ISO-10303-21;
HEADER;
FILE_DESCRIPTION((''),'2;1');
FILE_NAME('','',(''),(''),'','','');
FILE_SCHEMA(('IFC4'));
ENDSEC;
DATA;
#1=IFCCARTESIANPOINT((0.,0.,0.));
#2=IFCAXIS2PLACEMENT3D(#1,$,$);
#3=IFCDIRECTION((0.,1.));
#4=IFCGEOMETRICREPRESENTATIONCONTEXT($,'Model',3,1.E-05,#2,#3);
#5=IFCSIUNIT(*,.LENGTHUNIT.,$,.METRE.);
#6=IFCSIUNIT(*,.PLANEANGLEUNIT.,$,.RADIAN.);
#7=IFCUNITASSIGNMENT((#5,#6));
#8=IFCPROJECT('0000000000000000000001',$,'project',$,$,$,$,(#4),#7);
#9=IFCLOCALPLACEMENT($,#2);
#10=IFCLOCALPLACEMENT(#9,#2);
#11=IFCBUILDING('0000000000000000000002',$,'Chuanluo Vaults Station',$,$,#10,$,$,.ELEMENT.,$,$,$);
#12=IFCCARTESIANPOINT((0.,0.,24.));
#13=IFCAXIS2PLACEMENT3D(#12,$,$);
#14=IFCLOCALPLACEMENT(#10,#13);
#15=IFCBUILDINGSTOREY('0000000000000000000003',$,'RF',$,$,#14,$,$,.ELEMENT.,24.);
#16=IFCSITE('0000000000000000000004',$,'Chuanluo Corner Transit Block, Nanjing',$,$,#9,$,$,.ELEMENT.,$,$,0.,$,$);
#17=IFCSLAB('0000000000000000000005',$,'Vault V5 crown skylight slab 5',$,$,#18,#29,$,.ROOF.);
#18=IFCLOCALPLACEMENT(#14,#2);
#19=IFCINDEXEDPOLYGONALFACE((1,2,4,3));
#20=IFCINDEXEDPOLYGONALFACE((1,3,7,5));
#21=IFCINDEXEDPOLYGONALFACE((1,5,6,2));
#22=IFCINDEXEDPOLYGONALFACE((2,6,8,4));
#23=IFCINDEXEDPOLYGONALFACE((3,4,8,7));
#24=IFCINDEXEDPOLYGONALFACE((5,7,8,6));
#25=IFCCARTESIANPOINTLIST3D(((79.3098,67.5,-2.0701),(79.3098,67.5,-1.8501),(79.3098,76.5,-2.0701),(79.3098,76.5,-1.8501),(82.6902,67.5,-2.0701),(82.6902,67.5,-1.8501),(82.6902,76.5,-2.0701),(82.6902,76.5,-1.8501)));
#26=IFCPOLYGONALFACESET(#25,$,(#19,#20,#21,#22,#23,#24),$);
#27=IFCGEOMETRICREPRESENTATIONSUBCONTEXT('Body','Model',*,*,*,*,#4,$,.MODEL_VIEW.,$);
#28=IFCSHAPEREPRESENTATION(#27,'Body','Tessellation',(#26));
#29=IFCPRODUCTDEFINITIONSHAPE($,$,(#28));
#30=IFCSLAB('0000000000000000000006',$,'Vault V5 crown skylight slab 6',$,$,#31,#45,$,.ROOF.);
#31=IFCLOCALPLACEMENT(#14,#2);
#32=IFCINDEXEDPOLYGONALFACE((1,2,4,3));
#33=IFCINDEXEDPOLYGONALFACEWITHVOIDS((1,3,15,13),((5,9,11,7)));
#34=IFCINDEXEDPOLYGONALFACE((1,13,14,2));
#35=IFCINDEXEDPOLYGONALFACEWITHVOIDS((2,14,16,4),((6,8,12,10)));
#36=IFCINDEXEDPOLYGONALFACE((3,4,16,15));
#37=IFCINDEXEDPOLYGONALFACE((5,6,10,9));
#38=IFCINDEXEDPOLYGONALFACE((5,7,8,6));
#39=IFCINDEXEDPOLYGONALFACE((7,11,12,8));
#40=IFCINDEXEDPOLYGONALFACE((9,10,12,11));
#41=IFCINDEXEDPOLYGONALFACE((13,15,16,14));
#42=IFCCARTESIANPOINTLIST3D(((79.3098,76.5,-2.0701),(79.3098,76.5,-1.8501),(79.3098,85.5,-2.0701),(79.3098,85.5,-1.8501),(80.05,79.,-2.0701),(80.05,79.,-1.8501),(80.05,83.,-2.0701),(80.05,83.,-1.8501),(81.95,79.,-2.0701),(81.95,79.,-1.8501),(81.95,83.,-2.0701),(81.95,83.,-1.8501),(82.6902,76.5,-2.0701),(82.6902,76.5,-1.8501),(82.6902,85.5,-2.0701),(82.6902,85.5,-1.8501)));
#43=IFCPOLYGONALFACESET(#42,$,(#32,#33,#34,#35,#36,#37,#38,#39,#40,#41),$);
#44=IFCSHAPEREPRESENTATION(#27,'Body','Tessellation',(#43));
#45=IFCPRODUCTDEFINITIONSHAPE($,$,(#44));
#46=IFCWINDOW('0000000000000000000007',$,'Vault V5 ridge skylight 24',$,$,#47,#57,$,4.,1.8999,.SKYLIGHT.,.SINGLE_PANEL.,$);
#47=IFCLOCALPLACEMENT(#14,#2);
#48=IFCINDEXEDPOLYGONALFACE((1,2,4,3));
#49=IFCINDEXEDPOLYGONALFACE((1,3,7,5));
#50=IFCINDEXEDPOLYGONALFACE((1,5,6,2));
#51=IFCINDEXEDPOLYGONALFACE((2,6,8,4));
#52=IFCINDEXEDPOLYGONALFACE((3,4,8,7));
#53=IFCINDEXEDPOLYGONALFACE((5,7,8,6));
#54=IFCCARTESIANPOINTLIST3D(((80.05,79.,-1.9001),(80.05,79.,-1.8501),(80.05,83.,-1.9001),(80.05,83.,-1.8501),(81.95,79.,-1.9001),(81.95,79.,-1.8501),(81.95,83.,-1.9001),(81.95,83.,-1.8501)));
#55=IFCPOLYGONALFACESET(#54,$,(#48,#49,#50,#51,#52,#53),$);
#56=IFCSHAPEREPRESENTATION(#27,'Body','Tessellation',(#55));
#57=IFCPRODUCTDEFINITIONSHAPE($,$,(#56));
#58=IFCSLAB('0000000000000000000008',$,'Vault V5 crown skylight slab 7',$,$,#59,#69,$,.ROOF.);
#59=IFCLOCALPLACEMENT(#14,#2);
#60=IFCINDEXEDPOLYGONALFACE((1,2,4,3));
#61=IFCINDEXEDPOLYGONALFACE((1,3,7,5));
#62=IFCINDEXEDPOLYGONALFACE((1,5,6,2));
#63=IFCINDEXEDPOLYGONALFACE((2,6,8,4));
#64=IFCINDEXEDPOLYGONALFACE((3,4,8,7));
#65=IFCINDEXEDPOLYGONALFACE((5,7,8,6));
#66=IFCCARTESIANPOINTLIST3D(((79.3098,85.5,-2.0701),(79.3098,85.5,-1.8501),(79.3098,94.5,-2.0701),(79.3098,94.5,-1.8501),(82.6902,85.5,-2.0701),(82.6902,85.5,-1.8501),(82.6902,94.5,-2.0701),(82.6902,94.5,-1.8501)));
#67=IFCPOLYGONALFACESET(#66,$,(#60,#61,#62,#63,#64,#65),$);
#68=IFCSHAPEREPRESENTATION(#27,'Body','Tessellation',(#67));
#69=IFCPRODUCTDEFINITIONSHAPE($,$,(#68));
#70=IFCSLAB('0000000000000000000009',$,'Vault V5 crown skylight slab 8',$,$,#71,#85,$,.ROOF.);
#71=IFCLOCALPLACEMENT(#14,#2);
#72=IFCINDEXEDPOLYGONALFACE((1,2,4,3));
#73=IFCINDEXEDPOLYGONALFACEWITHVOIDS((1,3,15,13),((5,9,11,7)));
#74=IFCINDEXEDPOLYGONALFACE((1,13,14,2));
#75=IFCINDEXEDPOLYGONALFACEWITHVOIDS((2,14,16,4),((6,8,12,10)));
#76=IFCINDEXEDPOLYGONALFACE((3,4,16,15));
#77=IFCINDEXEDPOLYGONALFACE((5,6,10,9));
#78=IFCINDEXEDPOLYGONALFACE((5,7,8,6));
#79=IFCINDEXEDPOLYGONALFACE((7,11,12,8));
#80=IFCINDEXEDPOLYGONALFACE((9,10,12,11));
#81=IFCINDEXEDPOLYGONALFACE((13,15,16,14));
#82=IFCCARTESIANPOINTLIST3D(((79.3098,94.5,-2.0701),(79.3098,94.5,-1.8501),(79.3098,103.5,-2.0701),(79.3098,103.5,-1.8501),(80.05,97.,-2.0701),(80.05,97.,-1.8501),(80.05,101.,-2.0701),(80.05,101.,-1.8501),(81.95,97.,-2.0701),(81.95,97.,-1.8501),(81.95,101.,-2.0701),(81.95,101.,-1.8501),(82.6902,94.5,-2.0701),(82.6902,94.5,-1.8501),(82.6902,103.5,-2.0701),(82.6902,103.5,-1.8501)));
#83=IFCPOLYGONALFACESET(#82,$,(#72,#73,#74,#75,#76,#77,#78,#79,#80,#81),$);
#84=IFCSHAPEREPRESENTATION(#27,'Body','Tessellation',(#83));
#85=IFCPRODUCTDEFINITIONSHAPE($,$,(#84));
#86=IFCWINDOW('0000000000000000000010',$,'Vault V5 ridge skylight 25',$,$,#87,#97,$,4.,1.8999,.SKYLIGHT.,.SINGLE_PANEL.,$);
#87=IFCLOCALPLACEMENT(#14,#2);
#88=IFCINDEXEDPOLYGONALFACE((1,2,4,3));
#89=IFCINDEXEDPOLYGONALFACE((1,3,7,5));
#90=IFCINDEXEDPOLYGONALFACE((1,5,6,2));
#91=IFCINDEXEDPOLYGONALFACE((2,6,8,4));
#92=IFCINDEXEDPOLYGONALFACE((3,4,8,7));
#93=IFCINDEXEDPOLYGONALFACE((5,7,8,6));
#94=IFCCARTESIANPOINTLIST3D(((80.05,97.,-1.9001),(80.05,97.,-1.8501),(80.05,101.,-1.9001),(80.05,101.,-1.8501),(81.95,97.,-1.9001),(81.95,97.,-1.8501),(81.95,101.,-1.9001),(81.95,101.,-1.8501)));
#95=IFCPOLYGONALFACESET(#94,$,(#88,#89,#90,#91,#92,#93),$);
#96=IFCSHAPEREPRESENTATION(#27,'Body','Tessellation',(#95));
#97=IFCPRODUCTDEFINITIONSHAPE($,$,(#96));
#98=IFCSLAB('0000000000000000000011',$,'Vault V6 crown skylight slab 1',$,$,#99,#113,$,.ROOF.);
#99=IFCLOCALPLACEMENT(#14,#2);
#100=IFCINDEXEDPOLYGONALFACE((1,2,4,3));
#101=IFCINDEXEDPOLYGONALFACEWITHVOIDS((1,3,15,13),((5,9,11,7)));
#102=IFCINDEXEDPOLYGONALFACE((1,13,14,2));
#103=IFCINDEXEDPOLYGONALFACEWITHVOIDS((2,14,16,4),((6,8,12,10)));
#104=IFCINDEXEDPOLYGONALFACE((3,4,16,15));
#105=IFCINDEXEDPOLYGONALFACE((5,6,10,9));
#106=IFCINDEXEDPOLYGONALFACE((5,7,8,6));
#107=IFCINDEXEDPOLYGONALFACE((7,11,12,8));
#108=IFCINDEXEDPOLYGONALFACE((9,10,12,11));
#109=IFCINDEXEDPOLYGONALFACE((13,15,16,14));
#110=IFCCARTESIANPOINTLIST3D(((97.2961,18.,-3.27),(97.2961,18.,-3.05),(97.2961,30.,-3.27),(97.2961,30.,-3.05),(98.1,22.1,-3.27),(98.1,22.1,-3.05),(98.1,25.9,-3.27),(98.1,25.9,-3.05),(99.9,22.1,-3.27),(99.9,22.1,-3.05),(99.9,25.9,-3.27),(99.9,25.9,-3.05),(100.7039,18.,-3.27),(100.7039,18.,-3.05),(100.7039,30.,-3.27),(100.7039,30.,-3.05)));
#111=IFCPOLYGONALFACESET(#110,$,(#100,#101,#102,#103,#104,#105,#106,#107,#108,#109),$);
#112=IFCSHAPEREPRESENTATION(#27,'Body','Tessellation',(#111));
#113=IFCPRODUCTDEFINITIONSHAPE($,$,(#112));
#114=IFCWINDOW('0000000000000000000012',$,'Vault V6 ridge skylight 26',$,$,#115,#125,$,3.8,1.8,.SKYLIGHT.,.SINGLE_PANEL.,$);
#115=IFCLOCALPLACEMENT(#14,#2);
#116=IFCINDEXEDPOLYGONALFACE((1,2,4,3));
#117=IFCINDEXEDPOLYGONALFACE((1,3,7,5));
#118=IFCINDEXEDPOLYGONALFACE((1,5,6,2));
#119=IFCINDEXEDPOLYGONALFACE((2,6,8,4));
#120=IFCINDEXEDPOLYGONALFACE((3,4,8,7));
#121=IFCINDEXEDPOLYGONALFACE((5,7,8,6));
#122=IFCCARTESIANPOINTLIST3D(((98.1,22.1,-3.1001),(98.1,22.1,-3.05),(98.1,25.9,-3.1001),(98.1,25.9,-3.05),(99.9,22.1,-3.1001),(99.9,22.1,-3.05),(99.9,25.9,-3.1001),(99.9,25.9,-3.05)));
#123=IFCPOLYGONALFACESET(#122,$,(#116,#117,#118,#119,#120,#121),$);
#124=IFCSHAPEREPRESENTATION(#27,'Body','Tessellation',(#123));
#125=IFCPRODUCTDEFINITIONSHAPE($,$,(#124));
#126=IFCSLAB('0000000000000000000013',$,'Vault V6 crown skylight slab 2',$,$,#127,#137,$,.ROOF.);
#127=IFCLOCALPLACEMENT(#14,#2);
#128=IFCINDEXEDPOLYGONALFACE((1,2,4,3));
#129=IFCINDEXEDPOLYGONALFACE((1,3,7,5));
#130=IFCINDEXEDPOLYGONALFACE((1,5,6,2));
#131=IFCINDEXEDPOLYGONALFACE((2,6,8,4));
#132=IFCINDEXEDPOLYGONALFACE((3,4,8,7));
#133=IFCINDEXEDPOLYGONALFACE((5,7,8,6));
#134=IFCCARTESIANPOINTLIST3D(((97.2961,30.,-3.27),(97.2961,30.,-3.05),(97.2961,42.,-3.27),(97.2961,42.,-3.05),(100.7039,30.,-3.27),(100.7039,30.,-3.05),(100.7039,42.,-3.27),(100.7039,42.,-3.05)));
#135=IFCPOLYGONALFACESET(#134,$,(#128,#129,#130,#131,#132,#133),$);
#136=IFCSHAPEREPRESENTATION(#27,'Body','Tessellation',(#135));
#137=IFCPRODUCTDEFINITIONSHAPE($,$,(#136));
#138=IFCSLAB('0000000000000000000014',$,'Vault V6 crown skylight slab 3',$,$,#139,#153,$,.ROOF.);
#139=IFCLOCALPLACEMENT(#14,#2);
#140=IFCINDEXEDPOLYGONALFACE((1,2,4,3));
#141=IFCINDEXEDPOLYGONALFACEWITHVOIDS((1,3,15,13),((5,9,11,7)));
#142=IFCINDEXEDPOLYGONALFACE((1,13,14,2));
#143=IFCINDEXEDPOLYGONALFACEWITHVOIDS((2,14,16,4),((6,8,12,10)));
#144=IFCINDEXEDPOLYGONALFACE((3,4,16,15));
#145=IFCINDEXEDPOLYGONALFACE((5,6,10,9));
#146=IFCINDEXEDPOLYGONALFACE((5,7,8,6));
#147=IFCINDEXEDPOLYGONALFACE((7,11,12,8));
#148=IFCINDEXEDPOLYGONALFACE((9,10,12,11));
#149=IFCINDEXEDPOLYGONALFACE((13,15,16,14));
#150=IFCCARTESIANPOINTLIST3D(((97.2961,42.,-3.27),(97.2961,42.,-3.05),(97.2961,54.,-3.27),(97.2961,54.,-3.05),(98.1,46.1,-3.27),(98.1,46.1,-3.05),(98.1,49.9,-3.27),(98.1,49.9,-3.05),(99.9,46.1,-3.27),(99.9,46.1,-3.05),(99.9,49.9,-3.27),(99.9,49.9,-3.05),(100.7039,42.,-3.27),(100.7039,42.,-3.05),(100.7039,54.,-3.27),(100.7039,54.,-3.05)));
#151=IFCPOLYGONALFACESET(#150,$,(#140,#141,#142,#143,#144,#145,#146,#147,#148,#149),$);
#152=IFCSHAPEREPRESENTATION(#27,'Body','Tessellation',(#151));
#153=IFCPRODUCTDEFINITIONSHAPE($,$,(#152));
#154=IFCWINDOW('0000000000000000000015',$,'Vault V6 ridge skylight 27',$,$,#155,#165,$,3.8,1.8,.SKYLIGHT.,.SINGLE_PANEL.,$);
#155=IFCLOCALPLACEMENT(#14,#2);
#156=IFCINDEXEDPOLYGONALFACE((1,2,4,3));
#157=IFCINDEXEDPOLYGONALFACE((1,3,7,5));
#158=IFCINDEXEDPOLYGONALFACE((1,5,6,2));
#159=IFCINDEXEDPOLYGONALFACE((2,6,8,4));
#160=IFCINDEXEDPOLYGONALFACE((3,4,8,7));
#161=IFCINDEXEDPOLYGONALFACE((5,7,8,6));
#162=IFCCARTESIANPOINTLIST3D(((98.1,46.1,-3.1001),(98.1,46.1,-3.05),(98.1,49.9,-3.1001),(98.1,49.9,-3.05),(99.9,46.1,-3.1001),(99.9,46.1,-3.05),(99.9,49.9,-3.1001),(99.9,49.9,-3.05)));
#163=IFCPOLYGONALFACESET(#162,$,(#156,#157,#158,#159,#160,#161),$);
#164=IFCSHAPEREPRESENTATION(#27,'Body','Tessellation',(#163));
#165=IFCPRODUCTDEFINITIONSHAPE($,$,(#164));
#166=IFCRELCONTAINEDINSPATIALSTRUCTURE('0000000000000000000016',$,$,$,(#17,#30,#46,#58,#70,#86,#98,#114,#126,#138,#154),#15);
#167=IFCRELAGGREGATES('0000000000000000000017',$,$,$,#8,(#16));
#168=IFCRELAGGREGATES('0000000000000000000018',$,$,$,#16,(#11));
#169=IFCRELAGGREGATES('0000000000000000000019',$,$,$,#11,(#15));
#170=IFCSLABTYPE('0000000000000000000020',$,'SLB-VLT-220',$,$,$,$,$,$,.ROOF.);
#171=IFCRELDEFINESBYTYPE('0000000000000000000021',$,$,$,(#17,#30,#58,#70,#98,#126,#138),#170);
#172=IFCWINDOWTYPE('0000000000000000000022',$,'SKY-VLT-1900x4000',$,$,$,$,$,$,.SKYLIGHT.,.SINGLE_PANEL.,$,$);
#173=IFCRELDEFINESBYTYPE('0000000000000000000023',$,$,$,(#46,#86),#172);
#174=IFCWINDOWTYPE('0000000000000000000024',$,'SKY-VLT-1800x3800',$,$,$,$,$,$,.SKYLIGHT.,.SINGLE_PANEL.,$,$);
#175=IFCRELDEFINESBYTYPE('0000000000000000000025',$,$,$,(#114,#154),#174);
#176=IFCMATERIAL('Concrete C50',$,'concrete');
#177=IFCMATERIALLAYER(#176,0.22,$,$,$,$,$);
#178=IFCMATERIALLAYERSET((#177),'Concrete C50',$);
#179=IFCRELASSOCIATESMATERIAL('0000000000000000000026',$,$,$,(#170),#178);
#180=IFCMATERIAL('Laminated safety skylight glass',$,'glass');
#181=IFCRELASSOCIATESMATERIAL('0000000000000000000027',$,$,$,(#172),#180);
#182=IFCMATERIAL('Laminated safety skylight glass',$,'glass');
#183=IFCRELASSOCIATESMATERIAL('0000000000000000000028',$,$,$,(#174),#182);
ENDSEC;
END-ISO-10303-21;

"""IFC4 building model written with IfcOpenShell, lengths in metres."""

from ifc_helpers import new_model, si_unit, direction, frame, origin, origin_2d, place, context, subcontext, project, spatial, polyline, rectangle, outline, extrude, material, layer, layer_set, type_object, element, fill, save


model = new_model("IFC4")

# Units and contexts
model_context = context("Model", 3, precision=1e-05, world=origin(), true_north=direction((0.0, 1.0)))
body_context = subcontext(model_context, "Body", "Model", "MODEL_VIEW")
ifc_project = project(units=[si_unit("LENGTHUNIT", "METRE"), si_unit("PLANEANGLEUNIT", "RADIAN")], contexts=[model_context])

# Site, building, storey
site_placement = place(None, origin())
site = spatial("IfcSite", under=ifc_project, at=site_placement, Name="Chuanluo Corner Transit Block, Nanjing", CompositionType="ELEMENT", RefElevation=0.0)
building_placement = place(site_placement, origin())
building = spatial("IfcBuilding", under=site, at=building_placement, Name="Chuanluo Vaults Station", CompositionType="ELEMENT")
storey_placement = place(building_placement, frame((0.0, 0.0, 24.0)))
storey = spatial("IfcBuildingStorey", under=building, at=storey_placement, Name="RF", CompositionType="ELEMENT", Elevation=24.0)

# Slab
ifc_material_1 = material(Name="Concrete C50", Category="concrete")
ifc_layer = layer(ifc_material_1, 0.22)
ifc_layer_set = layer_set([ifc_layer], Name="Concrete C50")
slab_type = type_object("IfcSlabType", Name="SLB-VLT-220", PredefinedType="ROOF", material=ifc_layer_set)
slab_1_placement = place(storey_placement, frame((0.0, 0.0, -2.0701)))
element("IfcSlab", 1, at=slab_1_placement, inside=storey, type_object=slab_type, Name="Vault V5 crown skylight slab 5", PredefinedType="ROOF", context=body_context, shape_type="SweptSolid", body=[
    extrude(outline(polyline([(79.3098, 67.5), (82.6902, 67.5), (82.6902, 76.5), (79.3098, 76.5), (79.3098, 67.5)])), origin(), (0.0, 0.0, 1.0), 0.22),
])

# Slab, opening, window
slab_2_placement = place(storey_placement, frame((0.0, 0.0, -2.0701)))
slab_2 = element("IfcSlab", 2, at=slab_2_placement, inside=storey, type_object=slab_type, Name="Vault V5 crown skylight slab 6", PredefinedType="ROOF", context=body_context, shape_type="SweptSolid", body=[
    extrude(outline(polyline([(79.3098, 76.5), (82.6902, 76.5), (82.6902, 85.5), (79.3098, 85.5), (79.3098, 76.5)])), origin(), (0.0, 0.0, 1.0), 0.22),
])
opening_1_placement = place(slab_2_placement, frame((81.0, 81.0, 0.0)))
opening_1 = element("IfcOpeningElement", 3, at=opening_1_placement, cuts=slab_2, PredefinedType="OPENING", context=body_context, shape_type="SweptSolid", body=[
    extrude(rectangle(XDim=1.8999, YDim=4.0, at=origin_2d()), frame((0.0, 0.0, -0.01)), (0.0, 0.0, 1.0), 0.24),
])
ifc_material_2 = material(Name="Laminated safety skylight glass", Category="glass")
window_type_1 = type_object("IfcWindowType", Name="SKY-VLT-1900x4000", PartitioningType="SINGLE_PANEL", PredefinedType="SKYLIGHT", material=ifc_material_2)
window_1_placement = place(opening_1_placement, frame((0.0, 0.0, 0.1699)))
window_1 = element("IfcWindow", 4, at=window_1_placement, inside=storey, type_object=window_type_1, Name="Vault V5 ridge skylight 24", OverallHeight=4.0, OverallWidth=1.8999, PartitioningType="SINGLE_PANEL", PredefinedType="SKYLIGHT", context=body_context, shape_type="SweptSolid", body=[
    extrude(rectangle(XDim=1.8999, YDim=4.0, at=origin_2d()), origin(), (0.0, 0.0, 1.0), 0.05),
])
fill(opening_1, window_1)

# Slab
slab_3_placement = place(storey_placement, frame((0.0, 0.0, -2.0701)))
element("IfcSlab", 5, at=slab_3_placement, inside=storey, type_object=slab_type, Name="Vault V5 crown skylight slab 7", PredefinedType="ROOF", context=body_context, shape_type="SweptSolid", body=[
    extrude(outline(polyline([(79.3098, 85.5), (82.6902, 85.5), (82.6902, 94.5), (79.3098, 94.5), (79.3098, 85.5)])), origin(), (0.0, 0.0, 1.0), 0.22),
])

# Slabs, openings, windows
slab_4_placement = place(storey_placement, frame((0.0, 0.0, -2.0701)))
slab_4 = element("IfcSlab", 6, at=slab_4_placement, inside=storey, type_object=slab_type, Name="Vault V5 crown skylight slab 8", PredefinedType="ROOF", context=body_context, shape_type="SweptSolid", body=[
    extrude(outline(polyline([(79.3098, 94.5), (82.6902, 94.5), (82.6902, 103.5), (79.3098, 103.5), (79.3098, 94.5)])), origin(), (0.0, 0.0, 1.0), 0.22),
])
opening_2_placement = place(slab_4_placement, frame((81.0, 99.0, 0.0)))
opening_2 = element("IfcOpeningElement", 7, at=opening_2_placement, cuts=slab_4, PredefinedType="OPENING", context=body_context, shape_type="SweptSolid", body=[
    extrude(rectangle(XDim=1.8999, YDim=4.0, at=origin_2d()), frame((0.0, 0.0, -0.01)), (0.0, 0.0, 1.0), 0.24),
])
window_2_placement = place(opening_2_placement, frame((0.0, 0.0, 0.1699)))
window_2 = element("IfcWindow", 8, at=window_2_placement, inside=storey, type_object=window_type_1, Name="Vault V5 ridge skylight 25", OverallHeight=4.0, OverallWidth=1.8999, PartitioningType="SINGLE_PANEL", PredefinedType="SKYLIGHT", context=body_context, shape_type="SweptSolid", body=[
    extrude(rectangle(XDim=1.8999, YDim=4.0, at=origin_2d()), origin(), (0.0, 0.0, 1.0), 0.05),
])
fill(opening_2, window_2)
slab_5_placement = place(storey_placement, frame((0.0, 0.0, -3.27)))
slab_5 = element("IfcSlab", 9, at=slab_5_placement, inside=storey, type_object=slab_type, Name="Vault V6 crown skylight slab 1", PredefinedType="ROOF", context=body_context, shape_type="SweptSolid", body=[
    extrude(outline(polyline([(97.2961, 18.0), (100.7039, 18.0), (100.7039, 30.0), (97.2961, 30.0), (97.2961, 18.0)])), origin(), (0.0, 0.0, 1.0), 0.22),
])
opening_3_placement = place(slab_5_placement, frame((99.0, 24.0, 0.0)))
opening_3 = element("IfcOpeningElement", 10, at=opening_3_placement, cuts=slab_5, PredefinedType="OPENING", context=body_context, shape_type="SweptSolid", body=[
    extrude(rectangle(XDim=1.8, YDim=3.8, at=origin_2d()), frame((0.0, 0.0, -0.01)), (0.0, 0.0, 1.0), 0.24),
])
ifc_material_3 = material(Name="Laminated safety skylight glass", Category="glass")
window_type_2 = type_object("IfcWindowType", Name="SKY-VLT-1800x3800", PartitioningType="SINGLE_PANEL", PredefinedType="SKYLIGHT", material=ifc_material_3)
window_3_placement = place(opening_3_placement, frame((0.0, 0.0, 0.1699)))
window_3 = element("IfcWindow", 11, at=window_3_placement, inside=storey, type_object=window_type_2, Name="Vault V6 ridge skylight 26", OverallHeight=3.8, OverallWidth=1.8, PartitioningType="SINGLE_PANEL", PredefinedType="SKYLIGHT", context=body_context, shape_type="SweptSolid", body=[
    extrude(rectangle(XDim=1.8, YDim=3.8, at=origin_2d()), origin(), (0.0, 0.0, 1.0), 0.05),
])
fill(opening_3, window_3)

# Slab
slab_6_placement = place(storey_placement, frame((0.0, 0.0, -3.27)))
element("IfcSlab", 12, at=slab_6_placement, inside=storey, type_object=slab_type, Name="Vault V6 crown skylight slab 2", PredefinedType="ROOF", context=body_context, shape_type="SweptSolid", body=[
    extrude(outline(polyline([(97.2961, 30.0), (100.7039, 30.0), (100.7039, 42.0), (97.2961, 42.0), (97.2961, 30.0)])), origin(), (0.0, 0.0, 1.0), 0.22),
])

# Slab, opening, window
slab_7_placement = place(storey_placement, frame((0.0, 0.0, -3.27)))
slab_7 = element("IfcSlab", 13, at=slab_7_placement, inside=storey, type_object=slab_type, Name="Vault V6 crown skylight slab 3", PredefinedType="ROOF", context=body_context, shape_type="SweptSolid", body=[
    extrude(outline(polyline([(97.2961, 42.0), (100.7039, 42.0), (100.7039, 54.0), (97.2961, 54.0), (97.2961, 42.0)])), origin(), (0.0, 0.0, 1.0), 0.22),
])
opening_4_placement = place(slab_7_placement, frame((99.0, 48.0, 0.0)))
opening_4 = element("IfcOpeningElement", 14, at=opening_4_placement, cuts=slab_7, PredefinedType="OPENING", context=body_context, shape_type="SweptSolid", body=[
    extrude(rectangle(XDim=1.8, YDim=3.8, at=origin_2d()), frame((0.0, 0.0, -0.01)), (0.0, 0.0, 1.0), 0.24),
])
window_4_placement = place(opening_4_placement, frame((0.0, 0.0, 0.1699)))
window_4 = element("IfcWindow", 15, at=window_4_placement, inside=storey, type_object=window_type_2, Name="Vault V6 ridge skylight 27", OverallHeight=3.8, OverallWidth=1.8, PartitioningType="SINGLE_PANEL", PredefinedType="SKYLIGHT", context=body_context, shape_type="SweptSolid", body=[
    extrude(rectangle(XDim=1.8, YDim=3.8, at=origin_2d()), origin(), (0.0, 0.0, 1.0), 0.05),
])
fill(opening_4, window_4)

save(model, "model.ifc")
